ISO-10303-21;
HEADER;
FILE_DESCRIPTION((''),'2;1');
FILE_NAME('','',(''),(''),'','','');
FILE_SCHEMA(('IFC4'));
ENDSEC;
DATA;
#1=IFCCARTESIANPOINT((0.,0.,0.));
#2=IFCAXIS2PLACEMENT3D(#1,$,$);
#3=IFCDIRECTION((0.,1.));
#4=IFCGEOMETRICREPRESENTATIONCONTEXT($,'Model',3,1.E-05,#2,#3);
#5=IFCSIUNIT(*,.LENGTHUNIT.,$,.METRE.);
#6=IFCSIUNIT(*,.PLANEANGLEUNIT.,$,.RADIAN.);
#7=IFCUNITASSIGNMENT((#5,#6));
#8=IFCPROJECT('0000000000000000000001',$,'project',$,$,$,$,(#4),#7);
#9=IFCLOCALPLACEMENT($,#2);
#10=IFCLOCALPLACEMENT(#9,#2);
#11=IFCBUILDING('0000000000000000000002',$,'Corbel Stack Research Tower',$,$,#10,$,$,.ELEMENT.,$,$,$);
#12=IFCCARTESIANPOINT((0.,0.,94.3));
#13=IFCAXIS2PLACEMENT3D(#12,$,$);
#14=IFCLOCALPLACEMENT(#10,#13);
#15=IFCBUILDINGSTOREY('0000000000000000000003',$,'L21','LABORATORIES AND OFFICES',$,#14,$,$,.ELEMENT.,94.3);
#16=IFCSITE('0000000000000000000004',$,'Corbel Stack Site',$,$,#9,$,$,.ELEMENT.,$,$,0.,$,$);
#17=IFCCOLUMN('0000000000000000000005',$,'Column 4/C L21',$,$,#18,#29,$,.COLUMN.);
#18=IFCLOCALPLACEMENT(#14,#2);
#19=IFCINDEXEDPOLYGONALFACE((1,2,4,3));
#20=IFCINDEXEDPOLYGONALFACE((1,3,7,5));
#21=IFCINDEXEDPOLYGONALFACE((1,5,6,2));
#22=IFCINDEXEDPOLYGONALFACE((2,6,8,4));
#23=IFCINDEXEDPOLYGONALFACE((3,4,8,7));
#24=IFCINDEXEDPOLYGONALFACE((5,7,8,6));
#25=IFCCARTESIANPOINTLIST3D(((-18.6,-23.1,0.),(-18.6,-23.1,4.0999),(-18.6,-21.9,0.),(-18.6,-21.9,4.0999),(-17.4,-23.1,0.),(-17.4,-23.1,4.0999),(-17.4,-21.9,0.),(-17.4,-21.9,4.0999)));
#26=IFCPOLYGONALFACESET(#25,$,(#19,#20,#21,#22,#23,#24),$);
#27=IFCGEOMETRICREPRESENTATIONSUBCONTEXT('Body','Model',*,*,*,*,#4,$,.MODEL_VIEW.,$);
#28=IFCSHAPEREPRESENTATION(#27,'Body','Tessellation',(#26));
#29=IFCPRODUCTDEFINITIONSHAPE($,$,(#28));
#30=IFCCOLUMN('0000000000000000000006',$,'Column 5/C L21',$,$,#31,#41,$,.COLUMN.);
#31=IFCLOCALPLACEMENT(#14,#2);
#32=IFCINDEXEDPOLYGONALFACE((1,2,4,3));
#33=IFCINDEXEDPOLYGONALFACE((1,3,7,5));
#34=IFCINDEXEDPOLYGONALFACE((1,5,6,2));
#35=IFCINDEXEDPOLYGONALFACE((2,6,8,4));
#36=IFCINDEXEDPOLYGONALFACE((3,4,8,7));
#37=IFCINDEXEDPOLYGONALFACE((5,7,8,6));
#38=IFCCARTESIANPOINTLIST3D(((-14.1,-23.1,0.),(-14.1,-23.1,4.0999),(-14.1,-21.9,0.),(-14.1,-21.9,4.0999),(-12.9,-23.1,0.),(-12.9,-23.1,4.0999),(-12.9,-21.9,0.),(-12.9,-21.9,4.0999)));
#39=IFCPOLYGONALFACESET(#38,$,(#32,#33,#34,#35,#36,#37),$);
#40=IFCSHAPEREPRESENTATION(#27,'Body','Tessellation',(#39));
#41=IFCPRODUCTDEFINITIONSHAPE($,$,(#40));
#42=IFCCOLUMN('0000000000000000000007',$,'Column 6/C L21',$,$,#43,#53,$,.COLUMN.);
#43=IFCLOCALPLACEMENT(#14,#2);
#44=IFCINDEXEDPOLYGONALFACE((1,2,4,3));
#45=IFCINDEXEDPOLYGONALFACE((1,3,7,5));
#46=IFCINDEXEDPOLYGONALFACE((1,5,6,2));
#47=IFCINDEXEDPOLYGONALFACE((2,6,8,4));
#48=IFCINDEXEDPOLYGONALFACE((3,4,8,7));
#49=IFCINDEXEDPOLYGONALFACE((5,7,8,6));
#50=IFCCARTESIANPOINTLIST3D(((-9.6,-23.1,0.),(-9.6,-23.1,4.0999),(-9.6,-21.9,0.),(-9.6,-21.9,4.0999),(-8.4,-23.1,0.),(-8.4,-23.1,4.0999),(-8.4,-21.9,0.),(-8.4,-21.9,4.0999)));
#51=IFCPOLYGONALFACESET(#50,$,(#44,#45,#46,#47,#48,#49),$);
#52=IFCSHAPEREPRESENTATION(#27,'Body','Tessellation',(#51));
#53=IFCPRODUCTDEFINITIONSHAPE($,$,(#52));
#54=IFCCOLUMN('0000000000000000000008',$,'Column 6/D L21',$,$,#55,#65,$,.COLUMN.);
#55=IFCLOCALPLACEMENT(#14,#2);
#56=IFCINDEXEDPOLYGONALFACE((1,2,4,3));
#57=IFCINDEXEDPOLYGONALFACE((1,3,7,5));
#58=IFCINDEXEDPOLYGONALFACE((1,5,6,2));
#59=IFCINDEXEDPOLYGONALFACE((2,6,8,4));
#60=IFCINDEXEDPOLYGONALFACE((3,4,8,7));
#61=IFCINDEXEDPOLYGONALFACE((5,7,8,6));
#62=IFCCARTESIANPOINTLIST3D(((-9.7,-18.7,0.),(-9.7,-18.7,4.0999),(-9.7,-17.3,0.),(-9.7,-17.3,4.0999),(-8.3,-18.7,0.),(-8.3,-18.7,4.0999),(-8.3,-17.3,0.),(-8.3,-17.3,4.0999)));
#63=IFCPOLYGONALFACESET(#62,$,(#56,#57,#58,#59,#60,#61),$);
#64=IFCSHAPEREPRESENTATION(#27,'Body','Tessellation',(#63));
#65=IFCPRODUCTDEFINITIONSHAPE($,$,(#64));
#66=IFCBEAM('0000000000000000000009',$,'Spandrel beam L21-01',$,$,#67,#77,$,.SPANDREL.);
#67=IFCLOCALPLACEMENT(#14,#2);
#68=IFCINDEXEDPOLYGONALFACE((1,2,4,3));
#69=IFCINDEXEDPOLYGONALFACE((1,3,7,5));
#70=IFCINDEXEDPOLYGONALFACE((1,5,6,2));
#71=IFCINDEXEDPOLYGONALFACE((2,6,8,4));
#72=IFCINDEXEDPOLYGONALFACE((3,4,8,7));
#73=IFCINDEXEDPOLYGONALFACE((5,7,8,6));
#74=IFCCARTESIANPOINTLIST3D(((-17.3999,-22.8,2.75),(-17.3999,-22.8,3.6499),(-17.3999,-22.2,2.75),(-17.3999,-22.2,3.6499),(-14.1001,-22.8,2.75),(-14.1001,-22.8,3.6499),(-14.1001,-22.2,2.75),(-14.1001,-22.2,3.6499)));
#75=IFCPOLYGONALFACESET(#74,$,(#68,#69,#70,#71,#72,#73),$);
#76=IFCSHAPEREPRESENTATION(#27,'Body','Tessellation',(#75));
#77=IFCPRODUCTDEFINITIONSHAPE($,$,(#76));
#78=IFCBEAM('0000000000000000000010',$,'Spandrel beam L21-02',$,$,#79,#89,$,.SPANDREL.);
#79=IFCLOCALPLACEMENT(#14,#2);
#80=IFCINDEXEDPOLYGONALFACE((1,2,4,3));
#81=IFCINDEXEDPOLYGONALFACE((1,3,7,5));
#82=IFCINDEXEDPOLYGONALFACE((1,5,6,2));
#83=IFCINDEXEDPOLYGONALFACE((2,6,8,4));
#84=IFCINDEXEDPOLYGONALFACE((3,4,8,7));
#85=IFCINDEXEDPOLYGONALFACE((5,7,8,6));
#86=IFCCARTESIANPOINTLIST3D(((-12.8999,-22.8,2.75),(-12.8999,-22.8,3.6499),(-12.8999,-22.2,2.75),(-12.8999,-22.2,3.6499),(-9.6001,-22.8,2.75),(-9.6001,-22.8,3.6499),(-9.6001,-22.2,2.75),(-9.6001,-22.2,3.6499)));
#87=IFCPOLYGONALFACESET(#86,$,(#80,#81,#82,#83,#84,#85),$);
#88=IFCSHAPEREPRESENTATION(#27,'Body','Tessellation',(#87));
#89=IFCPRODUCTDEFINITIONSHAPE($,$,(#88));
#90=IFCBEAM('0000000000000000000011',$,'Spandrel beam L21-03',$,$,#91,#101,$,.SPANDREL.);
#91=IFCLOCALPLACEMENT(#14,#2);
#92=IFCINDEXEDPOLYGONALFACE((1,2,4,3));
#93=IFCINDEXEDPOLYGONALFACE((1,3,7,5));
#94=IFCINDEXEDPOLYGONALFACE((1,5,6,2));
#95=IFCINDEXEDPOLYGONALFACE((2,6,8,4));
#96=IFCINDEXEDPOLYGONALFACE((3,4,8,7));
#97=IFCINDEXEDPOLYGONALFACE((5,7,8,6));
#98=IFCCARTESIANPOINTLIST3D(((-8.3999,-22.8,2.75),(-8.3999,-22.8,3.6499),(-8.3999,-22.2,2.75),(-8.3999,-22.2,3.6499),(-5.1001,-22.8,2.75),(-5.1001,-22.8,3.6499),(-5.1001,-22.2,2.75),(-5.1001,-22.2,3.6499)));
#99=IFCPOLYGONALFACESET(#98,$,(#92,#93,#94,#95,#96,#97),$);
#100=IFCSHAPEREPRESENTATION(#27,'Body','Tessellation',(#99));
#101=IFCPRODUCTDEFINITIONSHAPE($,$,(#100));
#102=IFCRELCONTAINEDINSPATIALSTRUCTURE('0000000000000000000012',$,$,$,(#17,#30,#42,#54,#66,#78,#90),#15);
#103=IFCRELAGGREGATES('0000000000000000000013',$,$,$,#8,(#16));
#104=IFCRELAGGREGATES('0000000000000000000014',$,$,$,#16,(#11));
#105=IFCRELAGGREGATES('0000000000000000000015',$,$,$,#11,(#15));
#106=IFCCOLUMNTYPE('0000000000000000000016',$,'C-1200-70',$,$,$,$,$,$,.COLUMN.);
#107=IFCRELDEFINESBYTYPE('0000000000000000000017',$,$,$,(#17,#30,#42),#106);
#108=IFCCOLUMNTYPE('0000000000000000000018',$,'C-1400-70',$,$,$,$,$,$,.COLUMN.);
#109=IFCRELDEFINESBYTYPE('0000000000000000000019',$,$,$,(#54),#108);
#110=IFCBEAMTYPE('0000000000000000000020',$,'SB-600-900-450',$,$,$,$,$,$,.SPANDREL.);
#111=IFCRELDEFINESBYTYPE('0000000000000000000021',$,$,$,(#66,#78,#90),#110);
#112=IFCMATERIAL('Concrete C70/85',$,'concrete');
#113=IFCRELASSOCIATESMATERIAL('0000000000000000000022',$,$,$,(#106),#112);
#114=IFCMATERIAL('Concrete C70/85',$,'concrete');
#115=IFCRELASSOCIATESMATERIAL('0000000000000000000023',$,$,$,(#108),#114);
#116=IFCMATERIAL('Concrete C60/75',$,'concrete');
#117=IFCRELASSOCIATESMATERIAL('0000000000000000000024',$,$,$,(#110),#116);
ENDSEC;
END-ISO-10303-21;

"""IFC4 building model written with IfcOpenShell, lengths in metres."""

from ifc_helpers import new_model, si_unit, direction, frame, origin, origin_2d, place, context, subcontext, project, spatial, rectangle, extrude, material, material_profile, profile_set, type_object, element, save


model = new_model("IFC4")

# Units and contexts
model_context = context("Model", 3, precision=1e-05, world=origin(), true_north=direction((0.0, 1.0)))
body_context = subcontext(model_context, "Body", "Model", "MODEL_VIEW")
ifc_project = project(units=[si_unit("LENGTHUNIT", "METRE"), si_unit("PLANEANGLEUNIT", "RADIAN")], contexts=[model_context])

# Site, building, storey
site_placement = place(None, origin())
site = spatial("IfcSite", under=ifc_project, at=site_placement, Name="Corbel Stack Site", CompositionType="ELEMENT", RefElevation=0.0)
building_placement = place(site_placement, origin())
building = spatial("IfcBuilding", under=site, at=building_placement, Name="Corbel Stack Research Tower", CompositionType="ELEMENT")
storey_placement = place(building_placement, frame((0.0, 0.0, 94.3)))
storey = spatial("IfcBuildingStorey", under=building, at=storey_placement, Name="L21", Description="LABORATORIES AND OFFICES", CompositionType="ELEMENT", Elevation=94.3)

# Columns
ifc_material_1 = material(Name="Concrete C70/85", Category="concrete")
ifc_material_profile_1 = material_profile(ifc_material_1, rectangle(XDim=1.2, YDim=1.2, at=origin_2d()), Name="RC 1200 x 1200")
ifc_profile_set_1 = profile_set([ifc_material_profile_1], Name="Concrete C70/85")
column_type_1 = type_object("IfcColumnType", Name="C-1200-70", PredefinedType="COLUMN", material=ifc_profile_set_1)
for number, where, z_axis, x_axis, name in (
    (1, (-18.0, -22.5, 0.0), (0.0, 0.0, 1.0), (1.0, 0.0, 0.0), "Column 4/C L21"),
    (2, (-13.5, -22.5, 0.0), (0.0, 0.0, 1.0), (1.0, 0.0, 0.0), "Column 5/C L21"),
    (3, (-9.0, -22.5, 0.0), (0.0, 0.0, 1.0), (1.0, 0.0, 0.0), "Column 6/C L21"),
):
    element("IfcColumn", number, at=place(storey_placement, frame(where, z_axis=z_axis, x_axis=x_axis)), inside=storey, type_object=column_type_1, Name=name, PredefinedType="COLUMN", context=body_context, shape_type="SweptSolid", body=[
        extrude(rectangle(XDim=1.2, YDim=1.2, at=origin_2d()), origin(), (0.0, 0.0, 1.0), 4.0999),
    ])
ifc_material_2 = material(Name="Concrete C70/85", Category="concrete")
ifc_material_profile_2 = material_profile(ifc_material_2, rectangle(XDim=1.3999, YDim=1.3999, at=origin_2d()), Name="RC 1400 x 1400")
ifc_profile_set_2 = profile_set([ifc_material_profile_2], Name="Concrete C70/85")
column_type_2 = type_object("IfcColumnType", Name="C-1400-70", PredefinedType="COLUMN", material=ifc_profile_set_2)
column_placement = place(storey_placement, frame((-9.0, -18.0, 0.0), z_axis=(0.0, 0.0, 1.0), x_axis=(1.0, 0.0, 0.0)))
element("IfcColumn", 4, at=column_placement, inside=storey, type_object=column_type_2, Name="Column 6/D L21", PredefinedType="COLUMN", context=body_context, shape_type="SweptSolid", body=[
    extrude(rectangle(XDim=1.3999, YDim=1.3999, at=origin_2d()), origin(), (0.0, 0.0, 1.0), 4.0999),
])

# Beams
ifc_material_3 = material(Name="Concrete C60/75", Category="concrete")
ifc_material_profile_3 = material_profile(ifc_material_3, rectangle(XDim=0.6001, YDim=0.8999, at=origin_2d()), Name="RC 600 x 900")
ifc_profile_set_3 = profile_set([ifc_material_profile_3], Name="Concrete C60/75")
beam_type = type_object("IfcBeamType", Name="SB-600-900-450", PredefinedType="SPANDREL", material=ifc_profile_set_3)
for number, where, z_axis, x_axis, name in (
    (5, (-17.3999, -22.5, 3.2), (1.0, 0.0, 0.0), (0.0, 1.0, 0.0), "Spandrel beam L21-01"),
    (6, (-12.8999, -22.5, 3.2), (1.0, 0.0, 0.0), (0.0, 1.0, 0.0), "Spandrel beam L21-02"),
    (7, (-8.3999, -22.5, 3.2), (1.0, 0.0, 0.0), (0.0, 1.0, 0.0), "Spandrel beam L21-03"),
):
    element("IfcBeam", number, at=place(storey_placement, frame(where, z_axis=z_axis, x_axis=x_axis)), inside=storey, type_object=beam_type, Name=name, PredefinedType="SPANDREL", context=body_context, shape_type="SweptSolid", body=[
        extrude(rectangle(XDim=0.6001, YDim=0.8999, at=origin_2d()), origin(), (0.0, 0.0, 1.0), 3.2998),
    ])

save(model, "model.ifc")
